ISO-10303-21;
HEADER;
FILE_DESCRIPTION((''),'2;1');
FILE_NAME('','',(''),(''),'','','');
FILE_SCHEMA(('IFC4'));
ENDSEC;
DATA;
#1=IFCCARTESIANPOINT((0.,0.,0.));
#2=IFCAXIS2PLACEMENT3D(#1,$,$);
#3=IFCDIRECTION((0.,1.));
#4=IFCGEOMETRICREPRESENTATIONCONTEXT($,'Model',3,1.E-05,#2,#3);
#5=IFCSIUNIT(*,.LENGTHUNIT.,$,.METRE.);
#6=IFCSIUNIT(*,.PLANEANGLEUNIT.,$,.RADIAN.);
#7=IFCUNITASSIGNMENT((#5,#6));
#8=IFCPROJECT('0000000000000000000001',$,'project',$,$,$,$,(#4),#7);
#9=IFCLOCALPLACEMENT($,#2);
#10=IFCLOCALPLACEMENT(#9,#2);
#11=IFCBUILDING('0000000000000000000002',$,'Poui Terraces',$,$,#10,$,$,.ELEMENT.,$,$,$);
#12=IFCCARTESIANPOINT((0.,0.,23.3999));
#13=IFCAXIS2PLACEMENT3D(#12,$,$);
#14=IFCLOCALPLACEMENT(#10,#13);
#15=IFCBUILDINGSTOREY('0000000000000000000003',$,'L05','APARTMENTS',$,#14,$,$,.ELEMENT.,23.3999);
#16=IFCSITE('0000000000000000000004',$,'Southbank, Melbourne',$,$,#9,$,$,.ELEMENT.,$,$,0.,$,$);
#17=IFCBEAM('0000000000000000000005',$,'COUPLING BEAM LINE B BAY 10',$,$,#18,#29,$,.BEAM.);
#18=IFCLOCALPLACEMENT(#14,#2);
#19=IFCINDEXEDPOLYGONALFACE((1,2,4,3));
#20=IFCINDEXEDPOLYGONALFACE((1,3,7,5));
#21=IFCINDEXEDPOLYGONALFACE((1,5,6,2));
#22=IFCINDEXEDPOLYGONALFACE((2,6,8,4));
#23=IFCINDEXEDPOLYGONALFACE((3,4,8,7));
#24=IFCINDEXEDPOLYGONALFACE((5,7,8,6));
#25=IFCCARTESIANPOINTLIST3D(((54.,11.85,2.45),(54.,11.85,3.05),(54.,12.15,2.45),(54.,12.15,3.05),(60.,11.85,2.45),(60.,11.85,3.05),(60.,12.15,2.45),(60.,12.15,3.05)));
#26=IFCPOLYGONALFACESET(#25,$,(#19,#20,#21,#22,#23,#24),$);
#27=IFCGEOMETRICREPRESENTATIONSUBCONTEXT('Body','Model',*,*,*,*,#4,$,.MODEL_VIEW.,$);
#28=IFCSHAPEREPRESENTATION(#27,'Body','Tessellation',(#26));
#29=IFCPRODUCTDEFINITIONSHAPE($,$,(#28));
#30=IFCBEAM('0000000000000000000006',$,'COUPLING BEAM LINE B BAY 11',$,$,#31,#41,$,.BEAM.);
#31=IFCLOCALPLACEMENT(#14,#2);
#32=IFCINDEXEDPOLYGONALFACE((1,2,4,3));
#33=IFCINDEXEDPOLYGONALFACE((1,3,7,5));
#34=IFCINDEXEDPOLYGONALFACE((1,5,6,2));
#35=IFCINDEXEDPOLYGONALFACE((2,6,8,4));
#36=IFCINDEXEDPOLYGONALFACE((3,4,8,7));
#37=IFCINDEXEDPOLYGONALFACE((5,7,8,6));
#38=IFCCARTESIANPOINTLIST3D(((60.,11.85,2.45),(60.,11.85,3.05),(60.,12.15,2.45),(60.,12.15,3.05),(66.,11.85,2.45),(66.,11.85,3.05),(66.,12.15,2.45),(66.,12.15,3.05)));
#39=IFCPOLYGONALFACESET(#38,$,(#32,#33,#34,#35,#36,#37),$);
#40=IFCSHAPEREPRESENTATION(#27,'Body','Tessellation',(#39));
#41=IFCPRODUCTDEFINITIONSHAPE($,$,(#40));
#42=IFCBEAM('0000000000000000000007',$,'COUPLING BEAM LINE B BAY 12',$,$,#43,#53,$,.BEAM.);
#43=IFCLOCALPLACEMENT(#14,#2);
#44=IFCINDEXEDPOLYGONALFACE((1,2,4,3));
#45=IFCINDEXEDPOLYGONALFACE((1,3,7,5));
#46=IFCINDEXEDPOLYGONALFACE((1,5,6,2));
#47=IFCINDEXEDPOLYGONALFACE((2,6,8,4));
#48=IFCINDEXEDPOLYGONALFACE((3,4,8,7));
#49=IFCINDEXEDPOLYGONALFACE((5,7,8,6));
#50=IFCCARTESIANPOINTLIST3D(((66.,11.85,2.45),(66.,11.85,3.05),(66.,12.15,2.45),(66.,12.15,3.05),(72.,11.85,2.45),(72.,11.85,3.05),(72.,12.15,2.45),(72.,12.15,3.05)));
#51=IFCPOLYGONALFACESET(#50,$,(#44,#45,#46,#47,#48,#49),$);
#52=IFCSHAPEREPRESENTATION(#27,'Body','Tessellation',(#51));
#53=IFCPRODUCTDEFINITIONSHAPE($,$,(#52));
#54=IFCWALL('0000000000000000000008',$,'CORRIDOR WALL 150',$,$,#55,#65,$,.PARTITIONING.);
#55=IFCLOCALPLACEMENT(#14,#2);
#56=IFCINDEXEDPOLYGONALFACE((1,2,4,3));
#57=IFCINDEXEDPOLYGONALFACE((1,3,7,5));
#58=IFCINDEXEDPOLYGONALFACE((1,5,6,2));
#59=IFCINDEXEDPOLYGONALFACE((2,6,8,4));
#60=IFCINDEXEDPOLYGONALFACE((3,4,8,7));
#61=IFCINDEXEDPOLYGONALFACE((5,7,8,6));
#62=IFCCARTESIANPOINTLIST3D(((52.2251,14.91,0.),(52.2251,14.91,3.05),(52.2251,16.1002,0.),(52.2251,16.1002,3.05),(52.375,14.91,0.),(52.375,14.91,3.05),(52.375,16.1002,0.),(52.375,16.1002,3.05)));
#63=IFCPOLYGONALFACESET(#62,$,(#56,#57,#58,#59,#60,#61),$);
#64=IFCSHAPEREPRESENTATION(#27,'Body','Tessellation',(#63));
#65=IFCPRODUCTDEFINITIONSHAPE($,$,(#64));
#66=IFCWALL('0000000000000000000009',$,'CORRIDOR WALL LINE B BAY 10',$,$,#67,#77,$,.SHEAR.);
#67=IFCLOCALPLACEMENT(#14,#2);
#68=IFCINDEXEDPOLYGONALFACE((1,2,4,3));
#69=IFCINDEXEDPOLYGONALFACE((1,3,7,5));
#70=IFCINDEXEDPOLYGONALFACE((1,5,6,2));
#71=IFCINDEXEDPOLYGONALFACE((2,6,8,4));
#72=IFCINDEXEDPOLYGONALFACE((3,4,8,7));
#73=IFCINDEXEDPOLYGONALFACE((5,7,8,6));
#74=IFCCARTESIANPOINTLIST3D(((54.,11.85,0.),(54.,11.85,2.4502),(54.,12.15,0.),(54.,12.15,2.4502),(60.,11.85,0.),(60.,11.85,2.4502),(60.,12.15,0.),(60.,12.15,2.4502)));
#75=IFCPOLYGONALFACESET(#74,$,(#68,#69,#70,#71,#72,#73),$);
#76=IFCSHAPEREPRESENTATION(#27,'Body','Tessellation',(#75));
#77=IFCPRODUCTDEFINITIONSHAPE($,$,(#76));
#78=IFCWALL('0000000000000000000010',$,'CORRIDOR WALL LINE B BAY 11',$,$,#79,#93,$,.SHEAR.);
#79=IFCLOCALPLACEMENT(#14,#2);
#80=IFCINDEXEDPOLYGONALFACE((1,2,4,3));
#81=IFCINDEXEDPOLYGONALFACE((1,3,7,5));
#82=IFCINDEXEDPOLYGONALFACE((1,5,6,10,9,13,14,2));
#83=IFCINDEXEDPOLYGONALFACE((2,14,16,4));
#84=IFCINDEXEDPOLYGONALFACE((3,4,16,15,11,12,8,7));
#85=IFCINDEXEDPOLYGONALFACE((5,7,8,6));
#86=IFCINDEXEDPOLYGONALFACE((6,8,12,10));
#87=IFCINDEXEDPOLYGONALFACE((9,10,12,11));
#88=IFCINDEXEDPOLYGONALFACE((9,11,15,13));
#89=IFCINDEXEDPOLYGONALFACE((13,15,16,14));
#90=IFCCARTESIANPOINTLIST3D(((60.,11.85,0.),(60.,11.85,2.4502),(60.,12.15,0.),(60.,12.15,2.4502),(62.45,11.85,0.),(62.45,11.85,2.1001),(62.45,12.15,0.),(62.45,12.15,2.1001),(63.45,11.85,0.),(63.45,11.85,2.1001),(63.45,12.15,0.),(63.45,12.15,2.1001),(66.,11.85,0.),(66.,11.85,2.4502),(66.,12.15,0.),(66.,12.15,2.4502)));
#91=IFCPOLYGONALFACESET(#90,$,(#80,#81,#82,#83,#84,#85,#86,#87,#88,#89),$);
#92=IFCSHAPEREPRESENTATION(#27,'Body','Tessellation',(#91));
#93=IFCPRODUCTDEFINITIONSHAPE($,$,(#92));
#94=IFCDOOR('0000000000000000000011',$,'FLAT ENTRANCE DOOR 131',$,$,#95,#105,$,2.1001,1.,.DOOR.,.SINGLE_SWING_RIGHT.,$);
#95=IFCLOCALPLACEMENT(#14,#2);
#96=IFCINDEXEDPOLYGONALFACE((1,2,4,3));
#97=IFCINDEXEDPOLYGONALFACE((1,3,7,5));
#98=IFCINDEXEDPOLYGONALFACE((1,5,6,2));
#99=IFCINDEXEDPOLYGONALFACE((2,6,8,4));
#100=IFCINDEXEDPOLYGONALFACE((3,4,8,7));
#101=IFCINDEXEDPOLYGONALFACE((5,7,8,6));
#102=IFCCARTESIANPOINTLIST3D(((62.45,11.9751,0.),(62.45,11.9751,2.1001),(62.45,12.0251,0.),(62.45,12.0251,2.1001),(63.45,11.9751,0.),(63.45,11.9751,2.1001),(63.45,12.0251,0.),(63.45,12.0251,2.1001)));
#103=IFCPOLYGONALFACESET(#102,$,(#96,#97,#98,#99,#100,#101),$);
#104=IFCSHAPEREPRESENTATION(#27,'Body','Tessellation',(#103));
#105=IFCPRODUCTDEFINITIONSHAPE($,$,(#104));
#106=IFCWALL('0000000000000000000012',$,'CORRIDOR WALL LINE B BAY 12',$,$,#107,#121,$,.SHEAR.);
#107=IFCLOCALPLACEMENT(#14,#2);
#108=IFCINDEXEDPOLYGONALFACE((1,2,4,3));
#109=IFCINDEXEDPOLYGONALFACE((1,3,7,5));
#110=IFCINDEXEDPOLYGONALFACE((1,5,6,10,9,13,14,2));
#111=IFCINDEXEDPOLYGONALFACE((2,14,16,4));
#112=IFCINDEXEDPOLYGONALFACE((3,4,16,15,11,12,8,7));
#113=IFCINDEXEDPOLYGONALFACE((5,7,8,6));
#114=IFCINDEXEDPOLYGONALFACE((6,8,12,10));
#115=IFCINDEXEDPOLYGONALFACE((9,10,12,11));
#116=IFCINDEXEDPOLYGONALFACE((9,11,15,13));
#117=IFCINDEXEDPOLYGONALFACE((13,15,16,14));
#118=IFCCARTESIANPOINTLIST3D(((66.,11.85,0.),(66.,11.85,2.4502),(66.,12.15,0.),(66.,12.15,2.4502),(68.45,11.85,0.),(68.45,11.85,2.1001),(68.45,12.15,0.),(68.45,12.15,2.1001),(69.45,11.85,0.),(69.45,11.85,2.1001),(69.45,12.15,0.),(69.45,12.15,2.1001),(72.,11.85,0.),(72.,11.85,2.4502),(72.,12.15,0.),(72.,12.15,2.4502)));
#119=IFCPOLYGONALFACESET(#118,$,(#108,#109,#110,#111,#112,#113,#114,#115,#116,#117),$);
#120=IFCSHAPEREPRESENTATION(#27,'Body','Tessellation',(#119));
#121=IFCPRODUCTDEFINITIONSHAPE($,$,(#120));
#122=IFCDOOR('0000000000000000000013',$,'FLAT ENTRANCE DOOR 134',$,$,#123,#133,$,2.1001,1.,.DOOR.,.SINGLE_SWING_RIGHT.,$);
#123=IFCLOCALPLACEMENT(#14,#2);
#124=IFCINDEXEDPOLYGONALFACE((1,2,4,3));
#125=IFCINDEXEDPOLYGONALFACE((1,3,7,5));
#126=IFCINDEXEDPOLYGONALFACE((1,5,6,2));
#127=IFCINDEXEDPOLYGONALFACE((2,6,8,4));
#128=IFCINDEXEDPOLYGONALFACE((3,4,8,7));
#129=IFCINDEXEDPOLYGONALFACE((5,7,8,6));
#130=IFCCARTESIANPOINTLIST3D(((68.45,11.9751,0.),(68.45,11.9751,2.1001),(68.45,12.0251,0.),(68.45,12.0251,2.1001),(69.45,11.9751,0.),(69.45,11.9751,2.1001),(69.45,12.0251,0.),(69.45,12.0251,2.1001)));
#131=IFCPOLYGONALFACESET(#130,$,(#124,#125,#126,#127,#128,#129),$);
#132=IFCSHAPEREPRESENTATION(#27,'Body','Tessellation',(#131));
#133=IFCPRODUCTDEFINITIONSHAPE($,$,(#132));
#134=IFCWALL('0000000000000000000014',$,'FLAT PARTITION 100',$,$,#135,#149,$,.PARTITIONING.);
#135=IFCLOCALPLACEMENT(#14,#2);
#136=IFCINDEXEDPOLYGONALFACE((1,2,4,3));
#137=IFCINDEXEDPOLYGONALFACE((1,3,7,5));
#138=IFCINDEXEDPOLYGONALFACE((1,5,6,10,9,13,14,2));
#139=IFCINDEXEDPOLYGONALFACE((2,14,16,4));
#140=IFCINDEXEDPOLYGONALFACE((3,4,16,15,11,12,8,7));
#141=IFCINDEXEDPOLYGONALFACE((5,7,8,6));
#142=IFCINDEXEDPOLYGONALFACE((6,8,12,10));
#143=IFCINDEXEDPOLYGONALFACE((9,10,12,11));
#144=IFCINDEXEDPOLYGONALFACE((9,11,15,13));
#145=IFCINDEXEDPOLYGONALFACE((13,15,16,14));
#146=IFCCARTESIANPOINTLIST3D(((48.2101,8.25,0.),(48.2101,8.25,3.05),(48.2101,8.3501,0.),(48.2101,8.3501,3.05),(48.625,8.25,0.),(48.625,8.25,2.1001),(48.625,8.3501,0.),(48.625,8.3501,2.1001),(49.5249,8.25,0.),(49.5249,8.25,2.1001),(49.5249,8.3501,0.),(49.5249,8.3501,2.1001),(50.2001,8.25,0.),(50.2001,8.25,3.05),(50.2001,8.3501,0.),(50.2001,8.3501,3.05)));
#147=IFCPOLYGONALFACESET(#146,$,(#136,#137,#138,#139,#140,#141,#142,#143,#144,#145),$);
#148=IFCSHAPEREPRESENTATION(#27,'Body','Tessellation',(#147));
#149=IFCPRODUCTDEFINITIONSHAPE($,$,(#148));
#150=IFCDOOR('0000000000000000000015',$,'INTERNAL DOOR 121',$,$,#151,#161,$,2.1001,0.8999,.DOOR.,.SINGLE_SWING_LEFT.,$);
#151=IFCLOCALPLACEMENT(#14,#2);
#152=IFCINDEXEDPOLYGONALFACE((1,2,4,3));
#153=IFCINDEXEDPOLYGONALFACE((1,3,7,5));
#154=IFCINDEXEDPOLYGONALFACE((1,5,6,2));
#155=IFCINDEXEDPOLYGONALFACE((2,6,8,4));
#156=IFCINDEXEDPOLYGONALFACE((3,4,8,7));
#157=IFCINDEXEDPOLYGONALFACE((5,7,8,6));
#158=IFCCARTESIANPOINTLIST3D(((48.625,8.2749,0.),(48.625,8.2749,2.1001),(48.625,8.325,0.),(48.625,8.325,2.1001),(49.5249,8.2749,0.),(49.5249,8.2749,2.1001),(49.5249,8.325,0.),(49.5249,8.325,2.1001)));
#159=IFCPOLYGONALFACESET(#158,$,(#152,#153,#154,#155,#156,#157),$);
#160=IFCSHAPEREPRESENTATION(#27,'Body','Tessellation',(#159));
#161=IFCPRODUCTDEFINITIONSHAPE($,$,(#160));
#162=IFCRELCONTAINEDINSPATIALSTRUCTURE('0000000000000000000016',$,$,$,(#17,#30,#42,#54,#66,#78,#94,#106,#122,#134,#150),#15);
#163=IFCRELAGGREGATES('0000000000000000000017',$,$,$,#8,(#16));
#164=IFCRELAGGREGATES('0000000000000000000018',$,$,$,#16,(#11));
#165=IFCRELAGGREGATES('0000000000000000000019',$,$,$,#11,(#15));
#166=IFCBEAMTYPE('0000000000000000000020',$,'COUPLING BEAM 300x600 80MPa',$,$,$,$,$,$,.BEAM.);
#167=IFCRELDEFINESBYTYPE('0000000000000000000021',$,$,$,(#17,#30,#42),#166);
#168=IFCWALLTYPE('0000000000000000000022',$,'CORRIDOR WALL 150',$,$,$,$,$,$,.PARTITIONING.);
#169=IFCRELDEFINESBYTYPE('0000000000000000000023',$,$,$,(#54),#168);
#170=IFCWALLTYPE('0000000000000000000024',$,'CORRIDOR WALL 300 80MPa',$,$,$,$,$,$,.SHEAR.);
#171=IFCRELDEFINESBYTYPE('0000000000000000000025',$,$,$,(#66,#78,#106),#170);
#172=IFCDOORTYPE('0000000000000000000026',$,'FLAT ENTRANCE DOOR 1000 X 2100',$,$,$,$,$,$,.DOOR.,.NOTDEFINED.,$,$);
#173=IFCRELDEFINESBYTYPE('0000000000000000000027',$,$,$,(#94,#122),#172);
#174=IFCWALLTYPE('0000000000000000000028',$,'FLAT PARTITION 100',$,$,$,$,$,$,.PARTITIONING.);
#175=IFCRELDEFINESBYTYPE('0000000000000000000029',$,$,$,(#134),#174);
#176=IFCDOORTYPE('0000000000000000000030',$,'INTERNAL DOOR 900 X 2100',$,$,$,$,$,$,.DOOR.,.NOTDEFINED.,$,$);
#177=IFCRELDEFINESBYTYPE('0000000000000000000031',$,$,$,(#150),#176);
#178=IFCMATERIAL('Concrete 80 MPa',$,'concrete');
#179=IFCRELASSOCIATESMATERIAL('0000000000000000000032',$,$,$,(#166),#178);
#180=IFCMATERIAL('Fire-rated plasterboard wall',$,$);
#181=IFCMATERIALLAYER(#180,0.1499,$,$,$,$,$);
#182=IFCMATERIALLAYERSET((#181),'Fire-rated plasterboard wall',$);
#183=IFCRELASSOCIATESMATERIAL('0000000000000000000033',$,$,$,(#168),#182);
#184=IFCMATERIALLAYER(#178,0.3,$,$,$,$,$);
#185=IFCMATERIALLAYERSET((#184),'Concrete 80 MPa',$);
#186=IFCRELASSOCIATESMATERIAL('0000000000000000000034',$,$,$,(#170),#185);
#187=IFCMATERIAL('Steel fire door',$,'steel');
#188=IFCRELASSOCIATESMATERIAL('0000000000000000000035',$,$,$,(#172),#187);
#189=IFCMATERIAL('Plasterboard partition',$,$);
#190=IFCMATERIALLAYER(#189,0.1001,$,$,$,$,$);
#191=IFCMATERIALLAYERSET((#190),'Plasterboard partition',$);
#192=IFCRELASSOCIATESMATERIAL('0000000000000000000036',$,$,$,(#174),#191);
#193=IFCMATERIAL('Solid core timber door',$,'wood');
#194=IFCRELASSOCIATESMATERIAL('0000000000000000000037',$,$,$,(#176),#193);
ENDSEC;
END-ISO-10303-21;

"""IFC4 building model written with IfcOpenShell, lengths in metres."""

from ifc_helpers import new_model, si_unit, direction, frame, frame_2d, origin, origin_2d, place, context, subcontext, project, spatial, rectangle, extrude, source, transform, mapped, material, layer, layer_set, material_profile, profile_set, type_object, element, fill, save


model = new_model("IFC4")

# Units and contexts
model_context = context("Model", 3, precision=1e-05, world=origin(), true_north=direction((0.0, 1.0)))
body_context = subcontext(model_context, "Body", "Model", "MODEL_VIEW")
ifc_project = project(units=[si_unit("LENGTHUNIT", "METRE"), si_unit("PLANEANGLEUNIT", "RADIAN")], contexts=[model_context])

# Site, building, storey
site_placement = place(None, origin())
site = spatial("IfcSite", under=ifc_project, at=site_placement, Name="Southbank, Melbourne", CompositionType="ELEMENT", RefElevation=0.0)
building_placement = place(site_placement, origin())
building = spatial("IfcBuilding", under=site, at=building_placement, Name="Poui Terraces", CompositionType="ELEMENT")
storey_placement = place(building_placement, frame((0.0, 0.0, 23.3999)))
storey = spatial("IfcBuildingStorey", under=building, at=storey_placement, Name="L05", Description="APARTMENTS", CompositionType="ELEMENT", Elevation=23.3999)

# Beams
ifc_material_1 = material(Name="Concrete 80 MPa", Category="concrete")
ifc_material_profile = material_profile(ifc_material_1, rectangle(XDim=0.3, YDim=0.6001, at=origin_2d()), Name="RC 300x600")
ifc_profile_set = profile_set([ifc_material_profile], Name="Concrete 80 MPa")
beam_type = type_object("IfcBeamType", Name="COUPLING BEAM 300x600 80MPa", PredefinedType="BEAM", material=ifc_profile_set)
shared_shape = source(origin(), body_context, "Body", "SweptSolid", [
    extrude(rectangle(XDim=0.3, YDim=0.6001, at=origin_2d()), origin(), (0.0, 0.0, 1.0), 6.0),
])
for number, where, z_axis, x_axis, name in (
    (1, (54.0, 12.0, 2.75), (1.0, 0.0, 0.0), (0.0, 1.0, 0.0), "COUPLING BEAM LINE B BAY 10"),
    (2, (60.0, 12.0, 2.75), (1.0, 0.0, 0.0), (0.0, 1.0, 0.0), "COUPLING BEAM LINE B BAY 11"),
    (3, (66.0, 12.0, 2.75), (1.0, 0.0, 0.0), (0.0, 1.0, 0.0), "COUPLING BEAM LINE B BAY 12"),
):
    element("IfcBeam", number, at=place(storey_placement, frame(where, z_axis=z_axis, x_axis=x_axis)), inside=storey, type_object=beam_type, Name=name, PredefinedType="BEAM", context=body_context, shape_type="MappedRepresentation", body=[
        mapped(shared_shape, transform((0.0, 0.0, 0.0))),
    ])

# Walls
ifc_material_2 = material(Name="Fire-rated plasterboard wall")
ifc_layer_1 = layer(ifc_material_2, 0.1499)
ifc_layer_set_1 = layer_set([ifc_layer_1], Name="Fire-rated plasterboard wall")
wall_type_1 = type_object("IfcWallType", Name="CORRIDOR WALL 150", PredefinedType="PARTITIONING", material=ifc_layer_set_1)
wall_1_placement = place(storey_placement, frame((52.3, 14.9099, 0.0), z_axis=(0.0, 0.0, 1.0), x_axis=(0.0, 1.0, 0.0)))
element("IfcWall", 4, at=wall_1_placement, inside=storey, type_object=wall_type_1, Name="CORRIDOR WALL 150", PredefinedType="PARTITIONING", context=body_context, shape_type="SweptSolid", body=[
    extrude(rectangle(XDim=1.1902, YDim=0.1499, at=frame_2d((0.5952, 0.0))), origin(), (0.0, 0.0, 1.0), 3.05),
])
ifc_layer_2 = layer(ifc_material_1, 0.3)
ifc_layer_set_2 = layer_set([ifc_layer_2], Name="Concrete 80 MPa")
wall_type_2 = type_object("IfcWallType", Name="CORRIDOR WALL 300 80MPa", PredefinedType="SHEAR", material=ifc_layer_set_2)
wall_2_placement = place(storey_placement, frame((54.0, 12.0, 0.0), z_axis=(0.0, 0.0, 1.0), x_axis=(1.0, 0.0, 0.0)))
element("IfcWall", 5, at=wall_2_placement, inside=storey, type_object=wall_type_2, Name="CORRIDOR WALL LINE B BAY 10", PredefinedType="SHEAR", context=body_context, shape_type="SweptSolid", body=[
    extrude(rectangle(XDim=6.0, YDim=0.3, at=frame_2d((3.0, 0.0))), origin(), (0.0, 0.0, 1.0), 2.4502),
])

# Walls, openings, doors
wall_3_placement = place(storey_placement, frame((60.0, 12.0, 0.0), z_axis=(0.0, 0.0, 1.0), x_axis=(1.0, 0.0, 0.0)))
wall_3 = element("IfcWall", 6, at=wall_3_placement, inside=storey, type_object=wall_type_2, Name="CORRIDOR WALL LINE B BAY 11", PredefinedType="SHEAR", context=body_context, shape_type="SweptSolid", body=[
    extrude(rectangle(XDim=6.0, YDim=0.3, at=frame_2d((3.0, 0.0))), origin(), (0.0, 0.0, 1.0), 2.4502),
])
opening_1_placement = place(wall_3_placement, frame((2.45, 0.0, 0.0)))
opening_1 = element("IfcOpeningElement", 7, at=opening_1_placement, cuts=wall_3, PredefinedType="OPENING", context=body_context, shape_type="SweptSolid", body=[
    extrude(rectangle(XDim=1.0, YDim=2.1001, at=frame_2d((0.5, 1.05))), frame((0.0, 0.1602, 0.0), z_axis=(0.0, -1.0, 0.0), x_axis=(1.0, 0.0, 0.0)), (0.0, 0.0, 1.0), 0.3201),
])
ifc_material_3 = material(Name="Steel fire door", Category="steel")
door_type_1 = type_object("IfcDoorType", Name="FLAT ENTRANCE DOOR 1000 X 2100", OperationType="NOTDEFINED", PredefinedType="DOOR", material=ifc_material_3)
door_1_placement = place(opening_1_placement, frame((1.0, 0.0, 0.0), z_axis=(0.0, 0.0, 1.0), x_axis=(-1.0, 0.0, 0.0)))
door_1 = element("IfcDoor", 8, at=door_1_placement, inside=storey, type_object=door_type_1, Name="FLAT ENTRANCE DOOR 131", OperationType="SINGLE_SWING_RIGHT", OverallHeight=2.1001, OverallWidth=1.0, PredefinedType="DOOR", context=body_context, shape_type="SweptSolid", body=[
    extrude(rectangle(XDim=1.0, YDim=2.1001, at=frame_2d((0.5, 1.05))), frame((0.0, 0.0249, 0.0), z_axis=(0.0, -1.0, 0.0), x_axis=(1.0, 0.0, 0.0)), (0.0, 0.0, 1.0), 0.05),
])
fill(opening_1, door_1)
wall_4_placement = place(storey_placement, frame((66.0, 12.0, 0.0), z_axis=(0.0, 0.0, 1.0), x_axis=(1.0, 0.0, 0.0)))
wall_4 = element("IfcWall", 9, at=wall_4_placement, inside=storey, type_object=wall_type_2, Name="CORRIDOR WALL LINE B BAY 12", PredefinedType="SHEAR", context=body_context, shape_type="SweptSolid", body=[
    extrude(rectangle(XDim=6.0, YDim=0.3, at=frame_2d((3.0, 0.0))), origin(), (0.0, 0.0, 1.0), 2.4502),
])
opening_2_placement = place(wall_4_placement, frame((2.45, 0.0, 0.0)))
opening_2 = element("IfcOpeningElement", 10, at=opening_2_placement, cuts=wall_4, PredefinedType="OPENING", context=body_context, shape_type="SweptSolid", body=[
    extrude(rectangle(XDim=1.0, YDim=2.1001, at=frame_2d((0.5, 1.05))), frame((0.0, 0.1602, 0.0), z_axis=(0.0, -1.0, 0.0), x_axis=(1.0, 0.0, 0.0)), (0.0, 0.0, 1.0), 0.3201),
])
door_2_placement = place(opening_2_placement, frame((1.0, 0.0, 0.0), z_axis=(0.0, 0.0, 1.0), x_axis=(-1.0, 0.0, 0.0)))
door_2 = element("IfcDoor", 11, at=door_2_placement, inside=storey, type_object=door_type_1, Name="FLAT ENTRANCE DOOR 134", OperationType="SINGLE_SWING_RIGHT", OverallHeight=2.1001, OverallWidth=1.0, PredefinedType="DOOR", context=body_context, shape_type="SweptSolid", body=[
    extrude(rectangle(XDim=1.0, YDim=2.1001, at=frame_2d((0.5, 1.05))), frame((0.0, 0.0249, 0.0), z_axis=(0.0, -1.0, 0.0), x_axis=(1.0, 0.0, 0.0)), (0.0, 0.0, 1.0), 0.05),
])
fill(opening_2, door_2)
ifc_material_4 = material(Name="Plasterboard partition")
ifc_layer_3 = layer(ifc_material_4, 0.1001)
ifc_layer_set_3 = layer_set([ifc_layer_3], Name="Plasterboard partition")
wall_type_3 = type_object("IfcWallType", Name="FLAT PARTITION 100", PredefinedType="PARTITIONING", material=ifc_layer_set_3)
wall_5_placement = place(storey_placement, frame((48.21, 8.3, 0.0), z_axis=(0.0, 0.0, 1.0), x_axis=(1.0, 0.0, 0.0)))
wall_5 = element("IfcWall", 12, at=wall_5_placement, inside=storey, type_object=wall_type_3, Name="FLAT PARTITION 100", PredefinedType="PARTITIONING", context=body_context, shape_type="SweptSolid", body=[
    extrude(rectangle(XDim=1.99, YDim=0.1001, at=frame_2d((0.9951, 0.0))), origin(), (0.0, 0.0, 1.0), 3.05),
])
opening_3_placement = place(wall_5_placement, frame((0.415, 0.0, 0.0)))
opening_3 = element("IfcOpeningElement", 13, at=opening_3_placement, cuts=wall_5, PredefinedType="OPENING", context=body_context, shape_type="SweptSolid", body=[
    extrude(rectangle(XDim=0.8999, YDim=2.1001, at=frame_2d((0.45, 1.05))), frame((0.0, 0.0601, 0.0), z_axis=(0.0, -1.0, 0.0), x_axis=(1.0, 0.0, 0.0)), (0.0, 0.0, 1.0), 0.1201),
])
ifc_material_5 = material(Name="Solid core timber door", Category="wood")
door_type_2 = type_object("IfcDoorType", Name="INTERNAL DOOR 900 X 2100", OperationType="NOTDEFINED", PredefinedType="DOOR", material=ifc_material_5)
door_3_placement = place(opening_3_placement, origin())
door_3 = element("IfcDoor", 14, at=door_3_placement, inside=storey, type_object=door_type_2, Name="INTERNAL DOOR 121", OperationType="SINGLE_SWING_LEFT", OverallHeight=2.1001, OverallWidth=0.8999, PredefinedType="DOOR", context=body_context, shape_type="SweptSolid", body=[
    extrude(rectangle(XDim=0.8999, YDim=2.1001, at=frame_2d((0.45, 1.05))), frame((0.0, 0.0249, 0.0), z_axis=(0.0, -1.0, 0.0), x_axis=(1.0, 0.0, 0.0)), (0.0, 0.0, 1.0), 0.05),
])
fill(opening_3, door_3)

save(model, "model.ifc")
